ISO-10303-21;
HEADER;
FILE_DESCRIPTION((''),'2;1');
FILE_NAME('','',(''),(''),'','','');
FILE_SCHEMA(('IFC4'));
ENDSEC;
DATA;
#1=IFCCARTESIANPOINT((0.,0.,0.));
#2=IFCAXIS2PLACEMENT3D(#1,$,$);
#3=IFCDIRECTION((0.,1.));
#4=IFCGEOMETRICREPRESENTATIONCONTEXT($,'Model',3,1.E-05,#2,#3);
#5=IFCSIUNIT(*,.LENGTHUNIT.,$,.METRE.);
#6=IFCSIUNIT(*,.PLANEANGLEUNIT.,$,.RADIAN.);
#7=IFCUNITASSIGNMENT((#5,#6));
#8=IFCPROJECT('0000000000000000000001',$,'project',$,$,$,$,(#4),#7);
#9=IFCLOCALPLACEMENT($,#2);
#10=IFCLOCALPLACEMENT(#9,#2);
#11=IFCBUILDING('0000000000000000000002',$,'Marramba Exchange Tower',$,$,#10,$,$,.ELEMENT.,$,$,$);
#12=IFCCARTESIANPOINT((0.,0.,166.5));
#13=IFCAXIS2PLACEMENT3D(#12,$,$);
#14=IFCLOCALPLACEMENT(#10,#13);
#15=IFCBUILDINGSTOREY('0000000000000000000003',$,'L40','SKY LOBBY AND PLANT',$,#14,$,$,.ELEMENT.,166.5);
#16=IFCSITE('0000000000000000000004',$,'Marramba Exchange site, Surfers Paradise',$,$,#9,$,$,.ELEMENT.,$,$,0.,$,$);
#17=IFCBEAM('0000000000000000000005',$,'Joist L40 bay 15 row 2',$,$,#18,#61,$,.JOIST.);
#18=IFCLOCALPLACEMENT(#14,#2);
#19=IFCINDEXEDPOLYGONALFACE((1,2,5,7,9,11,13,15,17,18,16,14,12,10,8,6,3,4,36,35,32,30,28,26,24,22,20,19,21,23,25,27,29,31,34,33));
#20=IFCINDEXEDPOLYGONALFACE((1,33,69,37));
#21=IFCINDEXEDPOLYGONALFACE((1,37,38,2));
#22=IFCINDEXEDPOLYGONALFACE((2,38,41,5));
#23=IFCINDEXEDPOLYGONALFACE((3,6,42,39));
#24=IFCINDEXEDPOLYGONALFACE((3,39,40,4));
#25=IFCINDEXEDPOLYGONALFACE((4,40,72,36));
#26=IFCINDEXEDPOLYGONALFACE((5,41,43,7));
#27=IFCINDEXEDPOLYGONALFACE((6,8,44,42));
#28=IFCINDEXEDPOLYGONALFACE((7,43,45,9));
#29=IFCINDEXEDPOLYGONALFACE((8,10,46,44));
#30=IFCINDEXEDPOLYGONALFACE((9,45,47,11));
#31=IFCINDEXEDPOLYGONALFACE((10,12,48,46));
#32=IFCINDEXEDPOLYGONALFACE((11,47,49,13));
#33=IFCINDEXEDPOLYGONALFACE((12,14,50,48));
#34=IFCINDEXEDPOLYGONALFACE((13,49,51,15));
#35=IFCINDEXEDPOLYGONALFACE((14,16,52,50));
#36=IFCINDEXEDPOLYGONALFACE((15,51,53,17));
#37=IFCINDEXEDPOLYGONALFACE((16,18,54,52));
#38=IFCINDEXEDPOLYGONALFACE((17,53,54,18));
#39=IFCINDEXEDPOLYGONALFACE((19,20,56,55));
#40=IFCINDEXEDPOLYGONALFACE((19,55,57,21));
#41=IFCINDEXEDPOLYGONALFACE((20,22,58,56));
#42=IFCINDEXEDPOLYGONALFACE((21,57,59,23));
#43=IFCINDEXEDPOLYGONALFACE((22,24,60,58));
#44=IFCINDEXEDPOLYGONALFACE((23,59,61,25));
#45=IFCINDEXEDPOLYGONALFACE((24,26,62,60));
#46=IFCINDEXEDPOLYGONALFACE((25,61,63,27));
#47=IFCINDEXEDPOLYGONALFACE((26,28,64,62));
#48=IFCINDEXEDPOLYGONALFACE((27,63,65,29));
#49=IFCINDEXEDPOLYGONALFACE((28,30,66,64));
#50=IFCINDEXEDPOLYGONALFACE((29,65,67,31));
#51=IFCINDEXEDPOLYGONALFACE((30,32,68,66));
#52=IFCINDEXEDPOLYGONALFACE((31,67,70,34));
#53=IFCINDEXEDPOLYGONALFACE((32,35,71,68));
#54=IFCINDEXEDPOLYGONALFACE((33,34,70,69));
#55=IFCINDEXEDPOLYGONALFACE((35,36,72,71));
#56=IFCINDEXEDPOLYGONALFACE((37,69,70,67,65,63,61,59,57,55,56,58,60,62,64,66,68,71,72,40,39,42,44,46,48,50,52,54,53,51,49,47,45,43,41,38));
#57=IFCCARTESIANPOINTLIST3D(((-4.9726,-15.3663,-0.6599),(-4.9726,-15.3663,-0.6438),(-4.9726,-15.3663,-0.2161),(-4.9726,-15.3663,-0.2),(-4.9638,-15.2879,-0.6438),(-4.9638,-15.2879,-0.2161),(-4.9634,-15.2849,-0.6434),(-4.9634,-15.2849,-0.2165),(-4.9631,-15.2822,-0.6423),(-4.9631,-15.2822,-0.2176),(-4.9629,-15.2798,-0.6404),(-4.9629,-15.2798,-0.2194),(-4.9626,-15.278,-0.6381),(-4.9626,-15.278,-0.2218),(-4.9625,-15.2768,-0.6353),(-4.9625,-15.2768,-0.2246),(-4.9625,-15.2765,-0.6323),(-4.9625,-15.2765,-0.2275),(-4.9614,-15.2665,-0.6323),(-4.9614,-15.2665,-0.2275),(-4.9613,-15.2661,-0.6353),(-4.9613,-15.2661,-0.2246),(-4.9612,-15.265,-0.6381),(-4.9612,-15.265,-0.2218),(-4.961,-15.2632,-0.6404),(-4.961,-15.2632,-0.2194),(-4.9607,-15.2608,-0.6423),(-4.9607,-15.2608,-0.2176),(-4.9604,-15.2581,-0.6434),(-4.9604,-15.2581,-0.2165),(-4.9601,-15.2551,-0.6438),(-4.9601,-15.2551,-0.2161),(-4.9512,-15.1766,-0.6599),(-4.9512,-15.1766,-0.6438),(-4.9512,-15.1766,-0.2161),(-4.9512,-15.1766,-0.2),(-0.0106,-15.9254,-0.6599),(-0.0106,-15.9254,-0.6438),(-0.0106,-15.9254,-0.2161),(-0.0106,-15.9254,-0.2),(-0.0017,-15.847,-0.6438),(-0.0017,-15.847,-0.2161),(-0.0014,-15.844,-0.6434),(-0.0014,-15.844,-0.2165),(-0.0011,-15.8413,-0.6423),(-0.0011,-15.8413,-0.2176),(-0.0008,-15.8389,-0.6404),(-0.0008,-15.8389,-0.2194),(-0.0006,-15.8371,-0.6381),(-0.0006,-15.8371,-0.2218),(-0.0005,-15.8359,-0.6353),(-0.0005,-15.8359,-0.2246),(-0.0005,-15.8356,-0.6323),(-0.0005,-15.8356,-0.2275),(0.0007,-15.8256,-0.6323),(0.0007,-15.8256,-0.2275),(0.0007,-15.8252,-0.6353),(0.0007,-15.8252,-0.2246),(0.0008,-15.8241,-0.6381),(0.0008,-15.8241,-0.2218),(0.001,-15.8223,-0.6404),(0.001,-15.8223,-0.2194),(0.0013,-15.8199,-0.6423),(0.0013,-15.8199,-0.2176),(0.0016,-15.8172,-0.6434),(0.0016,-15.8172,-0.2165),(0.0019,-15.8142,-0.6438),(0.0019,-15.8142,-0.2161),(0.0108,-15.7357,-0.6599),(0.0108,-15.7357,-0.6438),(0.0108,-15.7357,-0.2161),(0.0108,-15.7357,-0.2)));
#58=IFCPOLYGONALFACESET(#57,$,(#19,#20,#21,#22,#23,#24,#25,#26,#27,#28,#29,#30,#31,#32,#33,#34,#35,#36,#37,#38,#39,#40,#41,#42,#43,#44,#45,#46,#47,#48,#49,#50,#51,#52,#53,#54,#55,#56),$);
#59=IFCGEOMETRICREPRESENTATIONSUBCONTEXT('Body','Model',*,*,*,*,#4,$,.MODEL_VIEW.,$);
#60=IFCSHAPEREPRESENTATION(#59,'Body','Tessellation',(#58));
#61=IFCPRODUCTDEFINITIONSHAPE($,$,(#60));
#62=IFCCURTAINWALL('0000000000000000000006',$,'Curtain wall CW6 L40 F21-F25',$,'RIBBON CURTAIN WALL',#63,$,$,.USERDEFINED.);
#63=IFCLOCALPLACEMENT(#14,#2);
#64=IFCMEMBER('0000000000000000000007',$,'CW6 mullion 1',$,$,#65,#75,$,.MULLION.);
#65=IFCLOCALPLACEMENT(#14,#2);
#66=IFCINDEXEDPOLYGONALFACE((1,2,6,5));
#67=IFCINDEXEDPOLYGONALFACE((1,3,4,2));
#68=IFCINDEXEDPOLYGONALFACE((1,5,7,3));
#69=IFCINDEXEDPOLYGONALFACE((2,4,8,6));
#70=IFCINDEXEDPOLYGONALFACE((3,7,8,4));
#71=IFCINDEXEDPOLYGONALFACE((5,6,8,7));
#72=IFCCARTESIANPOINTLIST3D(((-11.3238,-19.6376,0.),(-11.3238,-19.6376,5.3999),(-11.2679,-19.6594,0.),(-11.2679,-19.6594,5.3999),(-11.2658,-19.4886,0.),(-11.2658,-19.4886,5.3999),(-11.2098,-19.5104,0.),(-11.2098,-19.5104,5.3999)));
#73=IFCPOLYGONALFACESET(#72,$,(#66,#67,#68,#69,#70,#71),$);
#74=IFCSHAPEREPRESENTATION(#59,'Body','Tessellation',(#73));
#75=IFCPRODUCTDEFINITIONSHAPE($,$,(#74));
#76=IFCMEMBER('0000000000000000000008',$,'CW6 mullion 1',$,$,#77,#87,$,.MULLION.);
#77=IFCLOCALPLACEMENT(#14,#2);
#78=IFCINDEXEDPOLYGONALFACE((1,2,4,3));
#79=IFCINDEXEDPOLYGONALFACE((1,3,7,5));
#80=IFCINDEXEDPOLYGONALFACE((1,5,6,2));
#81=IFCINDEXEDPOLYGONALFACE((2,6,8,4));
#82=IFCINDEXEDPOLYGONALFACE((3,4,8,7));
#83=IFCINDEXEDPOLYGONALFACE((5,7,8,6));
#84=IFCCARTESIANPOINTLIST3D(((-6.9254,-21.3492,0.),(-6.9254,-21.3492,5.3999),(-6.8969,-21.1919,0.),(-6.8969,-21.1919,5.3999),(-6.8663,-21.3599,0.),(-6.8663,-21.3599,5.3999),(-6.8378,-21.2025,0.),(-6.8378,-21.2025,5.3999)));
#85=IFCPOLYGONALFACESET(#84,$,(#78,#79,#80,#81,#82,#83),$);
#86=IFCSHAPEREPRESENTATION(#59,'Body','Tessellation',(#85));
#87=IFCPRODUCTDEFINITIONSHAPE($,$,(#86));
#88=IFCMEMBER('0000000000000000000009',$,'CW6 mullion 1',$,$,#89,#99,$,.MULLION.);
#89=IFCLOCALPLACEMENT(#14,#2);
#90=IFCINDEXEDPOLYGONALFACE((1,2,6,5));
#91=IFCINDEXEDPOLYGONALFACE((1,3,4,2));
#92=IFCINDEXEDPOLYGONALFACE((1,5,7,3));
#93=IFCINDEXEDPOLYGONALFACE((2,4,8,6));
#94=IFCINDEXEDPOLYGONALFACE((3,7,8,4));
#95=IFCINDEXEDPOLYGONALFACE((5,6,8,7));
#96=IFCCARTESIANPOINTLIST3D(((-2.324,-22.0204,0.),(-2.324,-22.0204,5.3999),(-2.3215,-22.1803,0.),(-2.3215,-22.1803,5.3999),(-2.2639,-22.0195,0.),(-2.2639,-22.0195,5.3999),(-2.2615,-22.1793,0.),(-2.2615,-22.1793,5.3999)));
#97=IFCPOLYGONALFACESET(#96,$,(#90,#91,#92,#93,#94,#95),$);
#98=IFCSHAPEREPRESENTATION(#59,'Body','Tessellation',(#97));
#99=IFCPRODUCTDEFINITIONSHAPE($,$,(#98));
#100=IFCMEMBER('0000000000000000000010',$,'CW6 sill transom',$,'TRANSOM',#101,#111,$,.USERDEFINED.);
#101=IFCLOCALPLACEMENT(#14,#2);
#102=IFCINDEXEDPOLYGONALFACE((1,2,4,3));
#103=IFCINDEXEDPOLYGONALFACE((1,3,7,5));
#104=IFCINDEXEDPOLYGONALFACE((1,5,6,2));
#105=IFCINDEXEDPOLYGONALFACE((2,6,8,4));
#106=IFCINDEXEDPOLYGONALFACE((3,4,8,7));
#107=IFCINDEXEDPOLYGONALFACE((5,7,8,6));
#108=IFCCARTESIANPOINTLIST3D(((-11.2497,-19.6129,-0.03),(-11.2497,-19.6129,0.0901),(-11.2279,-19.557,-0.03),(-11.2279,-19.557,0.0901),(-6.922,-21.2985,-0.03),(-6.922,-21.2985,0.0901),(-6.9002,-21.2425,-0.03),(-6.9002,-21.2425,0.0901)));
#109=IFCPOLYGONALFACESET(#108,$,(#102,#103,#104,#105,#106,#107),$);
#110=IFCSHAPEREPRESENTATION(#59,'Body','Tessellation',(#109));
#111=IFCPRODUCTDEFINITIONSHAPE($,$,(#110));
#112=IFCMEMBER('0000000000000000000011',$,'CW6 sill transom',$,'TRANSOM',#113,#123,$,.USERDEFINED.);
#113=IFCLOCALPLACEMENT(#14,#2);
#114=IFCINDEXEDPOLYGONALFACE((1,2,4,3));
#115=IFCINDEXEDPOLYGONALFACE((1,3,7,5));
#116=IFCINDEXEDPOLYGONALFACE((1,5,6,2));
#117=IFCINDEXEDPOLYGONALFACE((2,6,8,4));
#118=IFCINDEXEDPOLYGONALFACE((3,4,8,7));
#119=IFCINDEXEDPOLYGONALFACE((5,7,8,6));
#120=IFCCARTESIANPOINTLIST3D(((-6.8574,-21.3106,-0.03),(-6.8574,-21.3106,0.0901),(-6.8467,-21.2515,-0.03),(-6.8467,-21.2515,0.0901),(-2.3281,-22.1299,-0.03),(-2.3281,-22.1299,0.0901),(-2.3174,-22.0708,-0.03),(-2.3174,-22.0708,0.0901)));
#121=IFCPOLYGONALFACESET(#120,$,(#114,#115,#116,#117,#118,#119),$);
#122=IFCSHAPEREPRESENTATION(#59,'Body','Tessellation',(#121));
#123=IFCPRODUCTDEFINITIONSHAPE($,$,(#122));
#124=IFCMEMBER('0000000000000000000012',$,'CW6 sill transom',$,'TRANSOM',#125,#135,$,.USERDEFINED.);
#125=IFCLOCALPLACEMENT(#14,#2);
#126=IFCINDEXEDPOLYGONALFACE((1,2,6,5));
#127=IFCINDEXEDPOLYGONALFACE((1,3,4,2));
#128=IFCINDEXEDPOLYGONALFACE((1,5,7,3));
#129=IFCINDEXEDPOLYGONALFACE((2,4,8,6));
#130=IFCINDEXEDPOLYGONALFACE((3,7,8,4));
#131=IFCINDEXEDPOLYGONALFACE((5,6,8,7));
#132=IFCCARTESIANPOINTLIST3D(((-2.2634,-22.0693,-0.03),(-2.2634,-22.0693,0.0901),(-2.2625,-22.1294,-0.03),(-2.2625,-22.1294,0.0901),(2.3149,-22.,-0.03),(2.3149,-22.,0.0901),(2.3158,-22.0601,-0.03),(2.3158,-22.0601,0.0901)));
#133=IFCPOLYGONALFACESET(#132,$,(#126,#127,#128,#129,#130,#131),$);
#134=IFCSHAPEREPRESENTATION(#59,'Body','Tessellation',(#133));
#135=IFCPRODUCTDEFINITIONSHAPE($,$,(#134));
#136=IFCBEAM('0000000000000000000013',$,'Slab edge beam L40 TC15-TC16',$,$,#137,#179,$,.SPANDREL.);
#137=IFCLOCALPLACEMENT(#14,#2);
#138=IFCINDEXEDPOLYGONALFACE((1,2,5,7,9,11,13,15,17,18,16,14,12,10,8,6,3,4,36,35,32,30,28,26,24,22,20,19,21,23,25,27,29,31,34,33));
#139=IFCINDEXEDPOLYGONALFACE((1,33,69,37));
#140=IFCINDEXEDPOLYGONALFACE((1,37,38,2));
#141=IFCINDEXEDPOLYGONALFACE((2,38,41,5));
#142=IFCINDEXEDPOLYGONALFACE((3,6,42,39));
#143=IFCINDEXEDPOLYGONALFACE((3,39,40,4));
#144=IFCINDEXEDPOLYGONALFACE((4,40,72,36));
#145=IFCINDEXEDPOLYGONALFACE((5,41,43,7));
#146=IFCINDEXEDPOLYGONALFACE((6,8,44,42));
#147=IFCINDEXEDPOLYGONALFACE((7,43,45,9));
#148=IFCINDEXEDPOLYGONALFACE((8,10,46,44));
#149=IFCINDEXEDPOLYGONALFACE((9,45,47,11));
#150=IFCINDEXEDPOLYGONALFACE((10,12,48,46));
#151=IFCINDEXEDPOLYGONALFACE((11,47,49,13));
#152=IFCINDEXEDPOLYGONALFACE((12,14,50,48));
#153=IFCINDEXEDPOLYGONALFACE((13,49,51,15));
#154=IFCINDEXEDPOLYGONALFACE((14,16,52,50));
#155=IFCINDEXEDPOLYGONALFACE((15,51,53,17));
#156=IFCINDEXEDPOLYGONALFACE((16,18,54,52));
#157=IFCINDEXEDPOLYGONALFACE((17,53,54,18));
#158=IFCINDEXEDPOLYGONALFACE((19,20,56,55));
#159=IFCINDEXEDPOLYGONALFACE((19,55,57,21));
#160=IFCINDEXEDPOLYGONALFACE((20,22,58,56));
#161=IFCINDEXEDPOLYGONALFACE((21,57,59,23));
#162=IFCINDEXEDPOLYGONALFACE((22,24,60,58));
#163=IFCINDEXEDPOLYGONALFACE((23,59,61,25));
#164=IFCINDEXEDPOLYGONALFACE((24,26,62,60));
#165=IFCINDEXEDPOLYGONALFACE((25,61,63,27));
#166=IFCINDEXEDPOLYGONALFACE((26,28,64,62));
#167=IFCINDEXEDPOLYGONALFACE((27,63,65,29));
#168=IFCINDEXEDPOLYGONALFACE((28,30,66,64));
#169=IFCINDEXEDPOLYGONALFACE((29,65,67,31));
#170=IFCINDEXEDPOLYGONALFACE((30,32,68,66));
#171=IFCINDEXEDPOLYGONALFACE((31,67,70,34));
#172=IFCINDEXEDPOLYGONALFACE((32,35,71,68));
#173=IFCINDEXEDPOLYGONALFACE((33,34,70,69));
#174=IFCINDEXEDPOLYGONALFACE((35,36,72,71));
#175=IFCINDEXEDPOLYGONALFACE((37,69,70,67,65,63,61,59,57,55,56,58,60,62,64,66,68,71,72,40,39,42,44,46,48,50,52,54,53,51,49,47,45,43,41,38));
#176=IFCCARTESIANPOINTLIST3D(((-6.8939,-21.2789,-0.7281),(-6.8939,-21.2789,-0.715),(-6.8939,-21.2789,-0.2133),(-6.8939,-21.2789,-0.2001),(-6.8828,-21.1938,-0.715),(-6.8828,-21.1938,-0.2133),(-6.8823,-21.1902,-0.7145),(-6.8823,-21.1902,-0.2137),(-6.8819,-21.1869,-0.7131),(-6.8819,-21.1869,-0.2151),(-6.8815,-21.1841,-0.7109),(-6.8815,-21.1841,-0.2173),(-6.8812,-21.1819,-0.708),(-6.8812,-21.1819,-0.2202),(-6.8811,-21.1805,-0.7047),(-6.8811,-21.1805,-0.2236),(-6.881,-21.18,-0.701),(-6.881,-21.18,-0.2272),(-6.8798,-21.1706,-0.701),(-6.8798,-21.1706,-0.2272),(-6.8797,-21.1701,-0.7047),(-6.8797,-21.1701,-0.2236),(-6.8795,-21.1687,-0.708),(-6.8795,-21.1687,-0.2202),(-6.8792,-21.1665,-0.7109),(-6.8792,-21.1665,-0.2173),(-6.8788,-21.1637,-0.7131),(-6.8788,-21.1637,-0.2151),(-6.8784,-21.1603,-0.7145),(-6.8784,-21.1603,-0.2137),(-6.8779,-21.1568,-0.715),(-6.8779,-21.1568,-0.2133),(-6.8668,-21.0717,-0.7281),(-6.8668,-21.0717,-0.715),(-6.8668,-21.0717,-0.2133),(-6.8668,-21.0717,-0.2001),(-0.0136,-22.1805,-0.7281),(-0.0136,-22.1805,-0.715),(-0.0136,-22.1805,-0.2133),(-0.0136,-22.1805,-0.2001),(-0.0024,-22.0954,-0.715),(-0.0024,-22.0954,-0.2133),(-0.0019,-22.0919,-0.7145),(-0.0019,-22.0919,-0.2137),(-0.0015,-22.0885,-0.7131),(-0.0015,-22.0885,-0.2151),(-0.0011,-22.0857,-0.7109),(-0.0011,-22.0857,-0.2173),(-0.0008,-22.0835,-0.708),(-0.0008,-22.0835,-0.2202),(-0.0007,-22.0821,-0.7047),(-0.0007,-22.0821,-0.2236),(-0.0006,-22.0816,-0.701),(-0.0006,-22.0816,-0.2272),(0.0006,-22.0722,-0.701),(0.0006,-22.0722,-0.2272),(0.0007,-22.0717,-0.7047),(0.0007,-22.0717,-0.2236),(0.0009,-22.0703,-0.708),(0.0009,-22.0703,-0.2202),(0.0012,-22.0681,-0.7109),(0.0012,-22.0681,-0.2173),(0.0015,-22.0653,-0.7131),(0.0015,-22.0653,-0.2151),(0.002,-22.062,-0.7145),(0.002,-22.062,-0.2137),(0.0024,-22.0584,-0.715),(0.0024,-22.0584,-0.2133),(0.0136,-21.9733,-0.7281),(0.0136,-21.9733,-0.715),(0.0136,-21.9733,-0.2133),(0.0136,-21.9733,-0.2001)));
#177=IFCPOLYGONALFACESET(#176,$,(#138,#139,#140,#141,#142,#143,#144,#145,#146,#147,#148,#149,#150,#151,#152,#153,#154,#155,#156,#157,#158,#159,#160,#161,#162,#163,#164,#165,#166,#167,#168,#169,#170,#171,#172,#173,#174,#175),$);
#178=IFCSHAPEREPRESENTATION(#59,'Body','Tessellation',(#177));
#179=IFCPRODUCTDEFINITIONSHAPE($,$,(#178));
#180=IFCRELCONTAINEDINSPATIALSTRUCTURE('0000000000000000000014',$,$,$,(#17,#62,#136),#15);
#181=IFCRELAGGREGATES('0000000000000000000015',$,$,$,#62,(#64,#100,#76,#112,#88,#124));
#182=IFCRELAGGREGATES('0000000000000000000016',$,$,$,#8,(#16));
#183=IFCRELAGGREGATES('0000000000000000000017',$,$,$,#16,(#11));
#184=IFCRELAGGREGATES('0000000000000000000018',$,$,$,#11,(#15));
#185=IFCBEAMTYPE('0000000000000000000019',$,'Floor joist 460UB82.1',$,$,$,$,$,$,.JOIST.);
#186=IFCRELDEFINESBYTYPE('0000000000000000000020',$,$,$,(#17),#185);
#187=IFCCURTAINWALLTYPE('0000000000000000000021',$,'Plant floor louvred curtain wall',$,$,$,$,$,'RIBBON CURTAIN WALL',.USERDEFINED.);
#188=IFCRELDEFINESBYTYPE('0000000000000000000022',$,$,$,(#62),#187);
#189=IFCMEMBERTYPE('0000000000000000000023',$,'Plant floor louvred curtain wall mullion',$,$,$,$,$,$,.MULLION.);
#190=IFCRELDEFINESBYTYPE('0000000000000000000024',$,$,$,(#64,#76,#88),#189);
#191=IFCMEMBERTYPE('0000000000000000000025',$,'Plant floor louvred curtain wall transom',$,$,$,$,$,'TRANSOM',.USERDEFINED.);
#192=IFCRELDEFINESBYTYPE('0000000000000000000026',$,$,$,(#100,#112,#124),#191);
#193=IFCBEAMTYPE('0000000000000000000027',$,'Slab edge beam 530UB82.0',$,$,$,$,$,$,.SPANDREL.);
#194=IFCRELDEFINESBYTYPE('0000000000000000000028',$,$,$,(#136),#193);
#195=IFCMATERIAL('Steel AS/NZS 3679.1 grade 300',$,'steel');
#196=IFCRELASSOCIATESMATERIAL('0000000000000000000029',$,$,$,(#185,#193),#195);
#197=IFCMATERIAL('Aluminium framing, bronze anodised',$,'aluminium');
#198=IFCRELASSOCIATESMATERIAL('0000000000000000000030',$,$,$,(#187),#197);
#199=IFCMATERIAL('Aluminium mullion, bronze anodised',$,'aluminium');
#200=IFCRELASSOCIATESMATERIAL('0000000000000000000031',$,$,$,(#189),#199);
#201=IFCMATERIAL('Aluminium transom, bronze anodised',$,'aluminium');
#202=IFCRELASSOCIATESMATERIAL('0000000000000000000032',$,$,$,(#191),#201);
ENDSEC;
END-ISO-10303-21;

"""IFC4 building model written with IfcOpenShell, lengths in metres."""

from ifc_helpers import new_model, si_unit, direction, frame, origin, origin_2d, place, context, subcontext, project, spatial, rectangle, i_section, extrude, material, material_profile, profile_set, type_object, element, aggregate, save


model = new_model("IFC4")

# Units and contexts
model_context = context("Model", 3, precision=1e-05, world=origin(), true_north=direction((0.0, 1.0)))
body_context = subcontext(model_context, "Body", "Model", "MODEL_VIEW")
ifc_project = project(units=[si_unit("LENGTHUNIT", "METRE"), si_unit("PLANEANGLEUNIT", "RADIAN")], contexts=[model_context])

# Site, building, storey
site_placement = place(None, origin())
site = spatial("IfcSite", under=ifc_project, at=site_placement, Name="Marramba Exchange site, Surfers Paradise", CompositionType="ELEMENT", RefElevation=0.0)
building_placement = place(site_placement, origin())
building = spatial("IfcBuilding", under=site, at=building_placement, Name="Marramba Exchange Tower", CompositionType="ELEMENT")
storey_placement = place(building_placement, frame((0.0, 0.0, 166.5)))
storey = spatial("IfcBuildingStorey", under=building, at=storey_placement, Name="L40", Description="SKY LOBBY AND PLANT", CompositionType="ELEMENT", Elevation=166.5)

# Beam
ifc_material_1 = material(Name="Steel AS/NZS 3679.1 grade 300", Category="steel")
ifc_material_profile_1 = material_profile(ifc_material_1, i_section(OverallWidth=0.1909, OverallDepth=0.46, WebThickness=0.01, FlangeThickness=0.0161, FilletRadius=0.0115, at=origin_2d()), Name="460UB82.1")
ifc_profile_set_1 = profile_set([ifc_material_profile_1], Name="Steel AS/NZS 3679.1 grade 300")
beam_type_1 = type_object("IfcBeamType", Name="Floor joist 460UB82.1", PredefinedType="JOIST", material=ifc_profile_set_1)
beam_1_placement = place(storey_placement, frame((-4.9619, -15.2715, -0.4299), z_axis=(0.993712, -0.111966, 0.0), x_axis=(0.111966, 0.993712, 0.0)))
element("IfcBeam", 1, at=beam_1_placement, inside=storey, type_object=beam_type_1, Name="Joist L40 bay 15 row 2", PredefinedType="JOIST", context=body_context, shape_type="SweptSolid", body=[
    extrude(i_section(OverallWidth=0.1909, OverallDepth=0.46, WebThickness=0.01, FlangeThickness=0.0161, FilletRadius=0.0115, at=origin_2d()), origin(), (0.0, 0.0, 1.0), 4.9934),
])

# Curtain wall, members
ifc_material_2 = material(Name="Aluminium framing, bronze anodised", Category="aluminium")
curtain_wall_type = type_object("IfcCurtainWallType", Name="Plant floor louvred curtain wall", ElementType="RIBBON CURTAIN WALL", PredefinedType="USERDEFINED", material=ifc_material_2)
curtain_wall_placement = place(storey_placement, origin())
curtain_wall = element("IfcCurtainWall", 2, at=curtain_wall_placement, inside=storey, type_object=curtain_wall_type, Name="Curtain wall CW6 L40 F21-F25", ObjectType="RIBBON CURTAIN WALL", PredefinedType="USERDEFINED")
ifc_material_3 = material(Name="Aluminium mullion, bronze anodised", Category="aluminium")
ifc_material_profile_2 = material_profile(ifc_material_3, rectangle(XDim=0.1599, YDim=0.0601, at=origin_2d()), Name="CW6 mullion 60x160")
ifc_profile_set_2 = profile_set([ifc_material_profile_2], Name="Aluminium mullion, bronze anodised")
member_type_1 = type_object("IfcMemberType", Name="Plant floor louvred curtain wall mullion", PredefinedType="MULLION", material=ifc_profile_set_2)
member_1_placement = place(storey_placement, frame((-11.2668, -19.574, 0.0), z_axis=(0.0, 0.0, 1.0), x_axis=(0.362925, 0.931818, 0.0)))
member_1 = element("IfcMember", 3, at=member_1_placement, type_object=member_type_1, Name="CW6 mullion 1", PredefinedType="MULLION", context=body_context, shape_type="SweptSolid", body=[
    extrude(rectangle(XDim=0.1599, YDim=0.0601, at=origin_2d()), origin(), (0.0, 0.0, 1.0), 5.3999),
])
member_2_placement = place(storey_placement, frame((-6.8816, -21.2759, 0.0), z_axis=(0.0, 0.0, 1.0), x_axis=(0.177992, 0.984032, 0.0)))
member_2 = element("IfcMember", 4, at=member_2_placement, type_object=member_type_1, Name="CW6 mullion 1", PredefinedType="MULLION", context=body_context, shape_type="SweptSolid", body=[
    extrude(rectangle(XDim=0.1599, YDim=0.0601, at=origin_2d()), origin(), (0.0, 0.0, 1.0), 5.3999),
])
member_3_placement = place(storey_placement, frame((-2.2927, -22.0999, 0.0), z_axis=(0.0, 0.0, 1.0), x_axis=(-0.015179, 0.999885, 0.0)))
member_3 = element("IfcMember", 5, at=member_3_placement, type_object=member_type_1, Name="CW6 mullion 1", PredefinedType="MULLION", context=body_context, shape_type="SweptSolid", body=[
    extrude(rectangle(XDim=0.1599, YDim=0.0601, at=origin_2d()), origin(), (0.0, 0.0, 1.0), 5.3999),
])
ifc_material_4 = material(Name="Aluminium transom, bronze anodised", Category="aluminium")
ifc_material_profile_3 = material_profile(ifc_material_4, rectangle(XDim=0.0601, YDim=0.1201, at=origin_2d()), Name="CW6 transom 60x120")
ifc_profile_set_3 = profile_set([ifc_material_profile_3], Name="Aluminium transom, bronze anodised")
member_type_2 = type_object("IfcMemberType", Name="Plant floor louvred curtain wall transom", ElementType="TRANSOM", PredefinedType="USERDEFINED", material=ifc_profile_set_3)
member_4_placement = place(storey_placement, frame((-11.2388, -19.585, 0.03), z_axis=(0.931817, -0.362928, 0.0), x_axis=(0.362928, 0.931817, 0.0)))
member_4 = element("IfcMember", 6, at=member_4_placement, type_object=member_type_2, Name="CW6 sill transom", ObjectType="TRANSOM", PredefinedType="USERDEFINED", context=body_context, shape_type="SweptSolid", body=[
    extrude(rectangle(XDim=0.0601, YDim=0.1201, at=origin_2d()), origin(), (0.0, 0.0, 1.0), 4.6443),
])
member_5_placement = place(storey_placement, frame((-6.8521, -21.281, 0.03), z_axis=(0.984029, -0.178008, 0.0), x_axis=(0.178008, 0.984029, 0.0)))
member_5 = element("IfcMember", 7, at=member_5_placement, type_object=member_type_2, Name="CW6 sill transom", ObjectType="TRANSOM", PredefinedType="USERDEFINED", context=body_context, shape_type="SweptSolid", body=[
    extrude(rectangle(XDim=0.0601, YDim=0.1201, at=origin_2d()), origin(), (0.0, 0.0, 1.0), 4.6028),
])
member_6_placement = place(storey_placement, frame((-2.2629, -22.0994, 0.03), z_axis=(0.999885, 0.015143, 0.0), x_axis=(-0.015143, 0.999885, 0.0)))
member_6 = element("IfcMember", 8, at=member_6_placement, type_object=member_type_2, Name="CW6 sill transom", ObjectType="TRANSOM", PredefinedType="USERDEFINED", context=body_context, shape_type="SweptSolid", body=[
    extrude(rectangle(XDim=0.0601, YDim=0.1201, at=origin_2d()), origin(), (0.0, 0.0, 1.0), 4.5789),
])

# Beam
ifc_material_profile_4 = material_profile(ifc_material_1, i_section(OverallWidth=0.209, OverallDepth=0.5281, WebThickness=0.0095, FlangeThickness=0.0132, FilletRadius=0.0139, at=origin_2d()), Name="530UB82.0")
ifc_profile_set_4 = profile_set([ifc_material_profile_4], Name="Steel AS/NZS 3679.1 grade 300")
beam_type_2 = type_object("IfcBeamType", Name="Slab edge beam 530UB82.0", PredefinedType="SPANDREL", material=ifc_profile_set_4)
beam_2_placement = place(storey_placement, frame((-6.8804, -21.1753, -0.4641), z_axis=(0.991523, -0.12993, 0.0), x_axis=(0.12993, 0.991523, 0.0)))
element("IfcBeam", 9, at=beam_2_placement, inside=storey, type_object=beam_type_2, Name="Slab edge beam L40 TC15-TC16", PredefinedType="SPANDREL", context=body_context, shape_type="SweptSolid", body=[
    extrude(i_section(OverallWidth=0.209, OverallDepth=0.5281, WebThickness=0.0095, FlangeThickness=0.0132, FilletRadius=0.0139, at=origin_2d()), origin(), (0.0, 0.0, 1.0), 6.9392),
])

aggregate(curtain_wall, [member_1, member_4, member_2, member_5, member_3, member_6])

save(model, "model.ifc")
